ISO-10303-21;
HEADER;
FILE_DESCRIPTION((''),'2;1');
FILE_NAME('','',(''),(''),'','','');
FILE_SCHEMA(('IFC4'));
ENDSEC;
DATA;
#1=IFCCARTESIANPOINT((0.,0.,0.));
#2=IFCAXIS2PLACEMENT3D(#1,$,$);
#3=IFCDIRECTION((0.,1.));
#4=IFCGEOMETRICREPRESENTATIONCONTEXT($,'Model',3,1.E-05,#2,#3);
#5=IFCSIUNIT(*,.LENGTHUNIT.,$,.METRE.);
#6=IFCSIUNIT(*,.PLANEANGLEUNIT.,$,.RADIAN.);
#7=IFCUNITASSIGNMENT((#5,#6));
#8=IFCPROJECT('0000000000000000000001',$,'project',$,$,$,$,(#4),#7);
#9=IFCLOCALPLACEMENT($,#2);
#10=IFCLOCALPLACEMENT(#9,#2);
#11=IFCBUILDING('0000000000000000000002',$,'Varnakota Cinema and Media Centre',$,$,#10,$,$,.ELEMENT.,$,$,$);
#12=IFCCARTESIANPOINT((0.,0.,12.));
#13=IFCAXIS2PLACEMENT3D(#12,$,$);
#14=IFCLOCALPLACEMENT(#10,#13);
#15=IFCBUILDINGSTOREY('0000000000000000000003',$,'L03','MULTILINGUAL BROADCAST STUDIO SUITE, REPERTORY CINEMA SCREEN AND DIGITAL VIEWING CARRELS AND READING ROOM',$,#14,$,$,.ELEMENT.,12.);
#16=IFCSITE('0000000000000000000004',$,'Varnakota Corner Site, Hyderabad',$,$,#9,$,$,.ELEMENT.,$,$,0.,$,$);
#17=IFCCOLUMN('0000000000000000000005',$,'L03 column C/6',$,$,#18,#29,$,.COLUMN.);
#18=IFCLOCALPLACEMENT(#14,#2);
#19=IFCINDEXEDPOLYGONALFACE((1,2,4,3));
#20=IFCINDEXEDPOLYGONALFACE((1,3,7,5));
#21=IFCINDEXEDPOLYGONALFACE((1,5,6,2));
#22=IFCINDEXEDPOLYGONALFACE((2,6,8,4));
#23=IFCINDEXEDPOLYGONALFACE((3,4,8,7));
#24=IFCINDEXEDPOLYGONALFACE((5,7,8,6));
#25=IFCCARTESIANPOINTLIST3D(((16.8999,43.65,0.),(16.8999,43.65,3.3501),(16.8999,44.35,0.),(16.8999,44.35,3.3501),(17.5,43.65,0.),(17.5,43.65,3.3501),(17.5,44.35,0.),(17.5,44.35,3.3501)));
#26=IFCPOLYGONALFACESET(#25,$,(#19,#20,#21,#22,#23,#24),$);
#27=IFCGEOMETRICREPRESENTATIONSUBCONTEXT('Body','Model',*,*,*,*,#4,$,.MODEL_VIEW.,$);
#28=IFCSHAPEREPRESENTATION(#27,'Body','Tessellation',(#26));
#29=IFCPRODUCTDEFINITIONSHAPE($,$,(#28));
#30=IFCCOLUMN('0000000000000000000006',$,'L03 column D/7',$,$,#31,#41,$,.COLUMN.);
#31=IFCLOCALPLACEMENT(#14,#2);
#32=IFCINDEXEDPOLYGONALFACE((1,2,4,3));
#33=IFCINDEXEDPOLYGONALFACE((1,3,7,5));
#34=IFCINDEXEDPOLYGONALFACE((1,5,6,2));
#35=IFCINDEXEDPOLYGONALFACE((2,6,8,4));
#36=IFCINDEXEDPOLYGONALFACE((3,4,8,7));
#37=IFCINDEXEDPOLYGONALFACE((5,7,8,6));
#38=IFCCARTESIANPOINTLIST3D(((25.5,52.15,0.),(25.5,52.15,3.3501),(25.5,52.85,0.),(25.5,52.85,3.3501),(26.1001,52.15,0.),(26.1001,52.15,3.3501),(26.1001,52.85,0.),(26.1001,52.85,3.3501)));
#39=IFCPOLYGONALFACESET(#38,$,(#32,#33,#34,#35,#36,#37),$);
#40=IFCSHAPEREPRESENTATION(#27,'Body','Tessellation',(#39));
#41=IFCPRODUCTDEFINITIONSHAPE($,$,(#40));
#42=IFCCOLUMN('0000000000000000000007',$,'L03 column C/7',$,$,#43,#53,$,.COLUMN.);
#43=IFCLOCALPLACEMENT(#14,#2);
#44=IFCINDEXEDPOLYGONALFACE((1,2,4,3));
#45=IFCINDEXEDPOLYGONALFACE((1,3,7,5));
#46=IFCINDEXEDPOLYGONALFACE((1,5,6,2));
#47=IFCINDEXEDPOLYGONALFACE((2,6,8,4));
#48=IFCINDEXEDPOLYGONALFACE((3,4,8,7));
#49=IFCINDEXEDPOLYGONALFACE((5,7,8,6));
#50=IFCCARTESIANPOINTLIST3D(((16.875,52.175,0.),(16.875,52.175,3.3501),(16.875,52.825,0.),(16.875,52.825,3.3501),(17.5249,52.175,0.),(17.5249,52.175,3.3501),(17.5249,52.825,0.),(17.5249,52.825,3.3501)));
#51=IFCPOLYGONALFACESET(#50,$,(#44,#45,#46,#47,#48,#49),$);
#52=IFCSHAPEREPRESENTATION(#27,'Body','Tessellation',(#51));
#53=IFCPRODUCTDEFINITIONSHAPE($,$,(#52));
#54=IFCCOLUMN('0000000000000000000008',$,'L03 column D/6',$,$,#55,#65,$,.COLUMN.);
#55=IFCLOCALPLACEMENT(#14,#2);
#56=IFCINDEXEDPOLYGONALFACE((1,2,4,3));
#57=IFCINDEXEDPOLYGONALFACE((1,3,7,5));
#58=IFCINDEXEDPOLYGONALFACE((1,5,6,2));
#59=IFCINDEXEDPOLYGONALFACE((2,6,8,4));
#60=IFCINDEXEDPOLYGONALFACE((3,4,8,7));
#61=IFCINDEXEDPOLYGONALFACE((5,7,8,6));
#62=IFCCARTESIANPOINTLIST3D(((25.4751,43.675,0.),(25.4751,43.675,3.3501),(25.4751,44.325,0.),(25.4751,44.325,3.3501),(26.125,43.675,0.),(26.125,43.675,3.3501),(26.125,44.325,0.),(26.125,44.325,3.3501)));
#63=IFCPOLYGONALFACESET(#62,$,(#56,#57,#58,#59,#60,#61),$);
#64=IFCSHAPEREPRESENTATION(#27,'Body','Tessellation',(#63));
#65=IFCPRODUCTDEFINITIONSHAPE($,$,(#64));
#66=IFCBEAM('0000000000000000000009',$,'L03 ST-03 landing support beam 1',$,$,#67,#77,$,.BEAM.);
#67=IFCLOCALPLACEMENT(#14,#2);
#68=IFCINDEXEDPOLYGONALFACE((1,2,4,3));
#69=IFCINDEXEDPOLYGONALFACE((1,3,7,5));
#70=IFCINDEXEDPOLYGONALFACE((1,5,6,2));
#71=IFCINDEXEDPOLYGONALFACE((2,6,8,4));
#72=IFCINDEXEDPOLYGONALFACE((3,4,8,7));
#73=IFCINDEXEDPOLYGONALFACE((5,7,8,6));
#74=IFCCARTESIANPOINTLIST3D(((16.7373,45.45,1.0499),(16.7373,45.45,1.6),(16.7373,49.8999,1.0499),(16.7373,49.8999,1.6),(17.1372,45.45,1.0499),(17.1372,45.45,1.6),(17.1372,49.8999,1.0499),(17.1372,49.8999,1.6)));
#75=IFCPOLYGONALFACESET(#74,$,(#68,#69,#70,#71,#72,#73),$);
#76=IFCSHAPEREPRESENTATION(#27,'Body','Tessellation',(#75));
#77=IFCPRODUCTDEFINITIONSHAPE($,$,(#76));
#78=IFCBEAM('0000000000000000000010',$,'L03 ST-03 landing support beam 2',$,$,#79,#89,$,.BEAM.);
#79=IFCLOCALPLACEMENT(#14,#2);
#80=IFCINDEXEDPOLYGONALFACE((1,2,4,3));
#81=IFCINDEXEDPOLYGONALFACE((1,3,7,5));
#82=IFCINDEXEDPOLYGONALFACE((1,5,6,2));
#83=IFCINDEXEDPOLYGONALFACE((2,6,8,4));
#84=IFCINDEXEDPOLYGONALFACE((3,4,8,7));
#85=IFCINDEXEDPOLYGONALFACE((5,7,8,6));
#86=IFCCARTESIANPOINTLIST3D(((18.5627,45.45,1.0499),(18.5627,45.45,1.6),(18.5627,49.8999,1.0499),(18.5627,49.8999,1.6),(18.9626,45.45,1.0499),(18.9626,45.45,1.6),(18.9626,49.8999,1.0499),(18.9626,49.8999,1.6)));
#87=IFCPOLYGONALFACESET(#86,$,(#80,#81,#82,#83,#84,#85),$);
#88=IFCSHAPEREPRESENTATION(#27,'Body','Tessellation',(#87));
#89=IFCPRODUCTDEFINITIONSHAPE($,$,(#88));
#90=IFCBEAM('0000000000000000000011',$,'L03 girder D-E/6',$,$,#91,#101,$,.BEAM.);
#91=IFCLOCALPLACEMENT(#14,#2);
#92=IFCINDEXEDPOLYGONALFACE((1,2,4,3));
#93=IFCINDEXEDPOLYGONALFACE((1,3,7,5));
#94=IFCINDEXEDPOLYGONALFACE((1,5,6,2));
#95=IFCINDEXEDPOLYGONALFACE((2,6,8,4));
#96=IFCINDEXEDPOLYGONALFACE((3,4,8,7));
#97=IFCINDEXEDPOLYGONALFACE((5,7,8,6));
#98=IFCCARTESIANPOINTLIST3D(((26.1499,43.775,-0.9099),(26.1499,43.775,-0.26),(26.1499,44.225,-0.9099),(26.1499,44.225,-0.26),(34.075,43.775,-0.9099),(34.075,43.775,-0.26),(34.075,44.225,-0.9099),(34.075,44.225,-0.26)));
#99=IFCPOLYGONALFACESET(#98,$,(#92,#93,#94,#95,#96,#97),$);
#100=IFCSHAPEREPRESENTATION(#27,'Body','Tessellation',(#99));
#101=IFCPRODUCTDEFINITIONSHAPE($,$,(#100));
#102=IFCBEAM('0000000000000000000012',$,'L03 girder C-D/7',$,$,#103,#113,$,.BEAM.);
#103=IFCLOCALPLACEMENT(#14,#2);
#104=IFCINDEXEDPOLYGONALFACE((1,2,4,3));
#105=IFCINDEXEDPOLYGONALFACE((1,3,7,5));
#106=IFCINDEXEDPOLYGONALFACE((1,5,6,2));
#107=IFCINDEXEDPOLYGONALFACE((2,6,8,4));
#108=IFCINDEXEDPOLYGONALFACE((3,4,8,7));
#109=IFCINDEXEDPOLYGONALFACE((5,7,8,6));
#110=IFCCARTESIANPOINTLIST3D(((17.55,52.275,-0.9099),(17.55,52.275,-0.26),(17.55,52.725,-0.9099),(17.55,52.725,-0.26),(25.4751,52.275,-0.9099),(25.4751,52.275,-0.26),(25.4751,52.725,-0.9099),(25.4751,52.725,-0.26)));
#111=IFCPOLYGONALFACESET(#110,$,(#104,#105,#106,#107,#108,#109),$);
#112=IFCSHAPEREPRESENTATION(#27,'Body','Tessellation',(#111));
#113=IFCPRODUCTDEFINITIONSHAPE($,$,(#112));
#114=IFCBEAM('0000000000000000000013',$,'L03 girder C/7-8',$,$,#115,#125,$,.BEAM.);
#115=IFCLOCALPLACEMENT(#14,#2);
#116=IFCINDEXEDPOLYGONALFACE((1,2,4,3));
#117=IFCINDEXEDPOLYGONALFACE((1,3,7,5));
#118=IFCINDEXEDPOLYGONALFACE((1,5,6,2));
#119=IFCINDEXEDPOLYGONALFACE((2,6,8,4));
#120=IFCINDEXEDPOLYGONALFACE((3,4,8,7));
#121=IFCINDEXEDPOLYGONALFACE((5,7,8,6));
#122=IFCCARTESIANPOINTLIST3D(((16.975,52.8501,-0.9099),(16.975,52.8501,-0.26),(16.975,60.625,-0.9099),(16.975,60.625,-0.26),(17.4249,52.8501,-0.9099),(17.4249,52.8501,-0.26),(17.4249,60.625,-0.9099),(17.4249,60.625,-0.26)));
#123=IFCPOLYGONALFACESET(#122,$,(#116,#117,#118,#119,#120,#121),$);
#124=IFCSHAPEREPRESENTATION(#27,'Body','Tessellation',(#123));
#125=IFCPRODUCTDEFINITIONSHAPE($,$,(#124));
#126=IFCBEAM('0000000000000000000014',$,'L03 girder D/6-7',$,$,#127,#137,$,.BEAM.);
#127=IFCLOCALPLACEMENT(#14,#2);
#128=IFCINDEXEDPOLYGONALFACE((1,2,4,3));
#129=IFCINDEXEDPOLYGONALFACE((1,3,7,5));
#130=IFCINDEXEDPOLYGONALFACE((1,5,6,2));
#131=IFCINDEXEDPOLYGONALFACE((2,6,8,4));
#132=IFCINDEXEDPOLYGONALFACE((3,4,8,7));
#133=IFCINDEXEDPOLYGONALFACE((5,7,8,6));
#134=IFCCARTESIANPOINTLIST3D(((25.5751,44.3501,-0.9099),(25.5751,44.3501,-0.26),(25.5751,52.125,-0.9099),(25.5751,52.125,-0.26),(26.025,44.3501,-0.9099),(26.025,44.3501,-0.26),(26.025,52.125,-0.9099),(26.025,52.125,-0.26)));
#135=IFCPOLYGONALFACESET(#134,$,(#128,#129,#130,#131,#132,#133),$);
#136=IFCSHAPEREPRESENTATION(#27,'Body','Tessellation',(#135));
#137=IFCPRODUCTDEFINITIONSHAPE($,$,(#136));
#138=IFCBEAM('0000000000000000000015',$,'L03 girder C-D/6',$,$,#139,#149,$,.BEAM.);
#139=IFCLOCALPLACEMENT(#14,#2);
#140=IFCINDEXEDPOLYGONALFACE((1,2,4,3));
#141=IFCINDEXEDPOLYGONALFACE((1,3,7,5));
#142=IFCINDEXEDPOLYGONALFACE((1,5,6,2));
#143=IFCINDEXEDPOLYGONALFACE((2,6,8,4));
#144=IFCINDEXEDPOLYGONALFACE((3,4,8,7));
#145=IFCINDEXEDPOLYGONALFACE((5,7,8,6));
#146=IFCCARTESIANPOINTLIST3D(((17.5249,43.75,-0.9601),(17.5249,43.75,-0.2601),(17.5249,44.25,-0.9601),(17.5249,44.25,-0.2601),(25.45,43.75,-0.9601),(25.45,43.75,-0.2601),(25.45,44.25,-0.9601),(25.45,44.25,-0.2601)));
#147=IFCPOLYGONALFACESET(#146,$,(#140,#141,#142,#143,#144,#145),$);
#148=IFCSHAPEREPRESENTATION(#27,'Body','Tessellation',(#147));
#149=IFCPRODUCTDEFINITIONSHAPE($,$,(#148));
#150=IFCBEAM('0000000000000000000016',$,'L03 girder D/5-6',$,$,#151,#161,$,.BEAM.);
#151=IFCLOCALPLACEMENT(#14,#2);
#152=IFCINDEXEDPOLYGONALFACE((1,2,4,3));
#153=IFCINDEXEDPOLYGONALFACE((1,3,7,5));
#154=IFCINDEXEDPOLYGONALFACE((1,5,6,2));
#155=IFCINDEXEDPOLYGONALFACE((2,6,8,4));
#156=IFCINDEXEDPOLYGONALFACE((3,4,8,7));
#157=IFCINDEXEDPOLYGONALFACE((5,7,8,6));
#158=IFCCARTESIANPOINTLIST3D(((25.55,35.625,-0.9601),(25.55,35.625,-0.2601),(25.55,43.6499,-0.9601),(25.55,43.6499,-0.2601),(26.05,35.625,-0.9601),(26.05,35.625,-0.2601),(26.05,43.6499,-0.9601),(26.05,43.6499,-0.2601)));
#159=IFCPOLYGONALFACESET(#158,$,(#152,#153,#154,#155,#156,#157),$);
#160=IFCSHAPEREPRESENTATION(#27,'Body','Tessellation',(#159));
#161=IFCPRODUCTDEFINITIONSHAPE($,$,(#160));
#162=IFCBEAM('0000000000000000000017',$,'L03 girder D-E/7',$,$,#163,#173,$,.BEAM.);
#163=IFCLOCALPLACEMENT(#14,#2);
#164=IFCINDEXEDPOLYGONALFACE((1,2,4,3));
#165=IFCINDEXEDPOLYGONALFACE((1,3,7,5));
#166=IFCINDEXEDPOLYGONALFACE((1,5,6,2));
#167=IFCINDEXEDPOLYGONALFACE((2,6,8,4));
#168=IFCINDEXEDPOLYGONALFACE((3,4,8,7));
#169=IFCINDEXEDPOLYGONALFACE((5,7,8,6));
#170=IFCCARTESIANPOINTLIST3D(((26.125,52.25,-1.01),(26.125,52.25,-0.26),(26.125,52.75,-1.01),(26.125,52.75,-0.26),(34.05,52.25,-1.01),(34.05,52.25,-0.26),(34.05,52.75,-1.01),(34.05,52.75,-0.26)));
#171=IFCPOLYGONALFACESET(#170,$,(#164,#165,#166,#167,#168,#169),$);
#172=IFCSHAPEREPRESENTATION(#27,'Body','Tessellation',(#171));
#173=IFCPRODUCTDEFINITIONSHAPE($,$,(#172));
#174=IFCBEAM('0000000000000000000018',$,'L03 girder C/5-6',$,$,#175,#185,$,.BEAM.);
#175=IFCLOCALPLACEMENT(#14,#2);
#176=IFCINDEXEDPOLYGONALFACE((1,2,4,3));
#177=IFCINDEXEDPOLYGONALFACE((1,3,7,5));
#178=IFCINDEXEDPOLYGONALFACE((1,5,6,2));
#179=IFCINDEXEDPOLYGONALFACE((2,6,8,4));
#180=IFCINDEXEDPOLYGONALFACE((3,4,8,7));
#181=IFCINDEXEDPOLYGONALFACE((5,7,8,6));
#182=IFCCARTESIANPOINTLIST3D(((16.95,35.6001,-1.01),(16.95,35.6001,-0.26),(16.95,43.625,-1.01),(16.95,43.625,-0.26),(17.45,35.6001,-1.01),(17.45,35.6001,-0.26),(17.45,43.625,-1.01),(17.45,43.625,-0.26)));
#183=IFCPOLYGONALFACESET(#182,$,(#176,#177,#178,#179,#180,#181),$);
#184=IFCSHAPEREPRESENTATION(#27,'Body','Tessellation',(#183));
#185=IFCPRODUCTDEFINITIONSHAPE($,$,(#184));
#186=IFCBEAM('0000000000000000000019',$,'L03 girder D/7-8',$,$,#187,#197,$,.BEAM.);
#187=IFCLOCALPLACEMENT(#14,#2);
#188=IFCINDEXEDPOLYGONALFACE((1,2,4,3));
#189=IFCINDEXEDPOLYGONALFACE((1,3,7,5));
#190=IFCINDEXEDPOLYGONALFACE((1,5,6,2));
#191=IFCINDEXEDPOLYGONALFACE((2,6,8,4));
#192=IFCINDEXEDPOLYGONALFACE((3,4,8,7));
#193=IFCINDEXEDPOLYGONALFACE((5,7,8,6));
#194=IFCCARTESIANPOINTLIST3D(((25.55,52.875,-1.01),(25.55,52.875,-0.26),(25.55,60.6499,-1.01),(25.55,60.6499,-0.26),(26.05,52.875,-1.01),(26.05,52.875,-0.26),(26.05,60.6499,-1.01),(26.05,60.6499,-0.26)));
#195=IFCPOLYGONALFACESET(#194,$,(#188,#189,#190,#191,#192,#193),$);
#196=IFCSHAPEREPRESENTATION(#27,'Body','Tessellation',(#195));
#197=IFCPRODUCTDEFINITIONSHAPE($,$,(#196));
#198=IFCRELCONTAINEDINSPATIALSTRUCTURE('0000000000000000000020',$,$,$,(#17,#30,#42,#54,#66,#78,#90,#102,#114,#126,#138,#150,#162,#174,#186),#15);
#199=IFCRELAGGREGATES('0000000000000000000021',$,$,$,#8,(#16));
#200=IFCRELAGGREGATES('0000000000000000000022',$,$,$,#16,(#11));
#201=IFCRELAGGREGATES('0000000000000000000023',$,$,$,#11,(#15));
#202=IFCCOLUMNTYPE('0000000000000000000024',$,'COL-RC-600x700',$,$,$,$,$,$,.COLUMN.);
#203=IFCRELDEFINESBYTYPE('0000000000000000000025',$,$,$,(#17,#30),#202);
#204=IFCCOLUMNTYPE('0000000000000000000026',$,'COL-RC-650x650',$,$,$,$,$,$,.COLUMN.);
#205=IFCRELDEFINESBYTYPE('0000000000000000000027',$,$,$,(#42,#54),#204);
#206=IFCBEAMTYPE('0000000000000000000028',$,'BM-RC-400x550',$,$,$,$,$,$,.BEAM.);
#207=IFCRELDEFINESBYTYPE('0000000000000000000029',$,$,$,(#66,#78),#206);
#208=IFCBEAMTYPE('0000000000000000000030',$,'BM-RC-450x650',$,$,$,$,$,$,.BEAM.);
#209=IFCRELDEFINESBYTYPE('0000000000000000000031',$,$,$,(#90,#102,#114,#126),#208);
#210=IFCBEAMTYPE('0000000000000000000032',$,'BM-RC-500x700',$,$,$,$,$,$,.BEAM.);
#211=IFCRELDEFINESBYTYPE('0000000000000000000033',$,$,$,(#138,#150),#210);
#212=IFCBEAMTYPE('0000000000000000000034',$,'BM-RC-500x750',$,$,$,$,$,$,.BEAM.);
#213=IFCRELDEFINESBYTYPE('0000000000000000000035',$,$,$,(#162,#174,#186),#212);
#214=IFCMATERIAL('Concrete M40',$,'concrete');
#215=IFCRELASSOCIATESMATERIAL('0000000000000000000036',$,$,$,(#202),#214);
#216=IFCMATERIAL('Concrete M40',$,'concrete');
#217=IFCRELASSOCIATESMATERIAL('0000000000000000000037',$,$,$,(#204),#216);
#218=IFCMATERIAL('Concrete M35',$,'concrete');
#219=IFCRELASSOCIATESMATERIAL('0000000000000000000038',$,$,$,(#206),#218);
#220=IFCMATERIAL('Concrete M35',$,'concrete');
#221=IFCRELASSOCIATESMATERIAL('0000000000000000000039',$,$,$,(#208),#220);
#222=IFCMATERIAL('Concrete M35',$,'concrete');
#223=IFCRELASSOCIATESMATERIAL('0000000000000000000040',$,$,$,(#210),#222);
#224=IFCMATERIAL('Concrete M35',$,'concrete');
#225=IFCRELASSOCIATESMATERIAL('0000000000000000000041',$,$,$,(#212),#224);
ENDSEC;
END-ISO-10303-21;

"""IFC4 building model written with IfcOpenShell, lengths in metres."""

from ifc_helpers import new_model, si_unit, direction, frame, origin, origin_2d, place, context, subcontext, project, spatial, rectangle, extrude, material, material_profile, profile_set, type_object, element, save


model = new_model("IFC4")

# Units and contexts
model_context = context("Model", 3, precision=1e-05, world=origin(), true_north=direction((0.0, 1.0)))
body_context = subcontext(model_context, "Body", "Model", "MODEL_VIEW")
ifc_project = project(units=[si_unit("LENGTHUNIT", "METRE"), si_unit("PLANEANGLEUNIT", "RADIAN")], contexts=[model_context])

# Site, building, storey
site_placement = place(None, origin())
site = spatial("IfcSite", under=ifc_project, at=site_placement, Name="Varnakota Corner Site, Hyderabad", CompositionType="ELEMENT", RefElevation=0.0)
building_placement = place(site_placement, origin())
building = spatial("IfcBuilding", under=site, at=building_placement, Name="Varnakota Cinema and Media Centre", CompositionType="ELEMENT")
storey_placement = place(building_placement, frame((0.0, 0.0, 12.0)))
storey = spatial("IfcBuildingStorey", under=building, at=storey_placement, Name="L03", Description="MULTILINGUAL BROADCAST STUDIO SUITE, REPERTORY CINEMA SCREEN AND DIGITAL VIEWING CARRELS AND READING ROOM", CompositionType="ELEMENT", Elevation=12.0)

# Columns
ifc_material_1 = material(Name="Concrete M40", Category="concrete")
ifc_material_profile_1 = material_profile(ifc_material_1, rectangle(XDim=0.6001, YDim=0.7, at=origin_2d()), Name="RC 600x700")
ifc_profile_set_1 = profile_set([ifc_material_profile_1], Name="Concrete M40")
column_type_1 = type_object("IfcColumnType", Name="COL-RC-600x700", PredefinedType="COLUMN", material=ifc_profile_set_1)
for number, where, z_axis, x_axis, name in (
    (1, (17.2, 44.0, 0.0), (0.0, 0.0, 1.0), (1.0, 0.0, 0.0), "L03 column C/6"),
    (2, (25.8, 52.5, 0.0), (0.0, 0.0, 1.0), (1.0, 0.0, 0.0), "L03 column D/7"),
):
    element("IfcColumn", number, at=place(storey_placement, frame(where, z_axis=z_axis, x_axis=x_axis)), inside=storey, type_object=column_type_1, Name=name, PredefinedType="COLUMN", context=body_context, shape_type="SweptSolid", body=[
        extrude(rectangle(XDim=0.6001, YDim=0.7, at=origin_2d()), origin(), (0.0, 0.0, 1.0), 3.3501),
    ])
ifc_material_2 = material(Name="Concrete M40", Category="concrete")
ifc_material_profile_2 = material_profile(ifc_material_2, rectangle(XDim=0.6499, YDim=0.6499, at=origin_2d()), Name="RC 650x650")
ifc_profile_set_2 = profile_set([ifc_material_profile_2], Name="Concrete M40")
column_type_2 = type_object("IfcColumnType", Name="COL-RC-650x650", PredefinedType="COLUMN", material=ifc_profile_set_2)
for number, where, z_axis, x_axis, name in (
    (3, (17.2, 52.5, 0.0), (0.0, 0.0, 1.0), (1.0, 0.0, 0.0), "L03 column C/7"),
    (4, (25.8, 44.0, 0.0), (0.0, 0.0, 1.0), (1.0, 0.0, 0.0), "L03 column D/6"),
):
    element("IfcColumn", number, at=place(storey_placement, frame(where, z_axis=z_axis, x_axis=x_axis)), inside=storey, type_object=column_type_2, Name=name, PredefinedType="COLUMN", context=body_context, shape_type="SweptSolid", body=[
        extrude(rectangle(XDim=0.6499, YDim=0.6499, at=origin_2d()), origin(), (0.0, 0.0, 1.0), 3.3501),
    ])

# Beams
ifc_material_3 = material(Name="Concrete M35", Category="concrete")
ifc_material_profile_3 = material_profile(ifc_material_3, rectangle(XDim=0.3999, YDim=0.55, at=origin_2d()), Name="RCB 400x550")
ifc_profile_set_3 = profile_set([ifc_material_profile_3], Name="Concrete M35")
beam_type_1 = type_object("IfcBeamType", Name="BM-RC-400x550", PredefinedType="BEAM", material=ifc_profile_set_3)
for number, where, z_axis, x_axis, name in (
    (5, (16.9373, 45.45, 1.325), (0.0, 1.0, 0.0), (-1.0, 0.0, 0.0), "L03 ST-03 landing support beam 1"),
    (6, (18.7627, 45.45, 1.325), (0.0, 1.0, 0.0), (-1.0, 0.0, 0.0), "L03 ST-03 landing support beam 2"),
):
    element("IfcBeam", number, at=place(storey_placement, frame(where, z_axis=z_axis, x_axis=x_axis)), inside=storey, type_object=beam_type_1, Name=name, PredefinedType="BEAM", context=body_context, shape_type="SweptSolid", body=[
        extrude(rectangle(XDim=0.3999, YDim=0.55, at=origin_2d()), origin(), (0.0, 0.0, 1.0), 4.45),
    ])
ifc_material_4 = material(Name="Concrete M35", Category="concrete")
ifc_material_profile_4 = material_profile(ifc_material_4, rectangle(XDim=0.45, YDim=0.6499, at=origin_2d()), Name="RCB 450x650")
ifc_profile_set_4 = profile_set([ifc_material_profile_4], Name="Concrete M35")
beam_type_2 = type_object("IfcBeamType", Name="BM-RC-450x650", PredefinedType="BEAM", material=ifc_profile_set_4)
for number, where, z_axis, x_axis, name in (
    (7, (26.1499, 44.0, -0.585), (1.0, 0.0, 0.0), (0.0, 1.0, 0.0), "L03 girder D-E/6"),
    (8, (17.55, 52.5, -0.585), (1.0, 0.0, 0.0), (0.0, 1.0, 0.0), "L03 girder C-D/7"),
):
    element("IfcBeam", number, at=place(storey_placement, frame(where, z_axis=z_axis, x_axis=x_axis)), inside=storey, type_object=beam_type_2, Name=name, PredefinedType="BEAM", context=body_context, shape_type="SweptSolid", body=[
        extrude(rectangle(XDim=0.45, YDim=0.6499, at=origin_2d()), origin(), (0.0, 0.0, 1.0), 7.925),
    ])
for number, where, z_axis, x_axis, name in (
    (9, (17.2, 52.8501, -0.585), (0.0, 1.0, 0.0), (-1.0, 0.0, 0.0), "L03 girder C/7-8"),
    (10, (25.8, 44.3501, -0.585), (0.0, 1.0, 0.0), (-1.0, 0.0, 0.0), "L03 girder D/6-7"),
):
    element("IfcBeam", number, at=place(storey_placement, frame(where, z_axis=z_axis, x_axis=x_axis)), inside=storey, type_object=beam_type_2, Name=name, PredefinedType="BEAM", context=body_context, shape_type="SweptSolid", body=[
        extrude(rectangle(XDim=0.45, YDim=0.6499, at=origin_2d()), origin(), (0.0, 0.0, 1.0), 7.7749),
    ])
ifc_material_5 = material(Name="Concrete M35", Category="concrete")
ifc_material_profile_5 = material_profile(ifc_material_5, rectangle(XDim=0.5, YDim=0.7, at=origin_2d()), Name="RCB 500x700")
ifc_profile_set_5 = profile_set([ifc_material_profile_5], Name="Concrete M35")
beam_type_3 = type_object("IfcBeamType", Name="BM-RC-500x700", PredefinedType="BEAM", material=ifc_profile_set_5)
beam_1_placement = place(storey_placement, frame((17.5249, 44.0, -0.6101), z_axis=(1.0, 0.0, 0.0), x_axis=(0.0, 1.0, 0.0)))
element("IfcBeam", 11, at=beam_1_placement, inside=storey, type_object=beam_type_3, Name="L03 girder C-D/6", PredefinedType="BEAM", context=body_context, shape_type="SweptSolid", body=[
    extrude(rectangle(XDim=0.5, YDim=0.7, at=origin_2d()), origin(), (0.0, 0.0, 1.0), 7.925),
])
beam_2_placement = place(storey_placement, frame((25.8, 35.625, -0.6101), z_axis=(0.0, 1.0, 0.0), x_axis=(-1.0, 0.0, 0.0)))
element("IfcBeam", 12, at=beam_2_placement, inside=storey, type_object=beam_type_3, Name="L03 girder D/5-6", PredefinedType="BEAM", context=body_context, shape_type="SweptSolid", body=[
    extrude(rectangle(XDim=0.5, YDim=0.7, at=origin_2d()), origin(), (0.0, 0.0, 1.0), 8.0249),
])
ifc_material_6 = material(Name="Concrete M35", Category="concrete")
ifc_material_profile_6 = material_profile(ifc_material_6, rectangle(XDim=0.5, YDim=0.75, at=origin_2d()), Name="RCB 500x750")
ifc_profile_set_6 = profile_set([ifc_material_profile_6], Name="Concrete M35")
beam_type_4 = type_object("IfcBeamType", Name="BM-RC-500x750", PredefinedType="BEAM", material=ifc_profile_set_6)
beam_3_placement = place(storey_placement, frame((26.125, 52.5, -0.635), z_axis=(1.0, 0.0, 0.0), x_axis=(0.0, 1.0, 0.0)))
element("IfcBeam", 13, at=beam_3_placement, inside=storey, type_object=beam_type_4, Name="L03 girder D-E/7", PredefinedType="BEAM", context=body_context, shape_type="SweptSolid", body=[
    extrude(rectangle(XDim=0.5, YDim=0.75, at=origin_2d()), origin(), (0.0, 0.0, 1.0), 7.925),
])
beam_4_placement = place(storey_placement, frame((17.2, 35.6001, -0.635), z_axis=(0.0, 1.0, 0.0), x_axis=(-1.0, 0.0, 0.0)))
element("IfcBeam", 14, at=beam_4_placement, inside=storey, type_object=beam_type_4, Name="L03 girder C/5-6", PredefinedType="BEAM", context=body_context, shape_type="SweptSolid", body=[
    extrude(rectangle(XDim=0.5, YDim=0.75, at=origin_2d()), origin(), (0.0, 0.0, 1.0), 8.0249),
])
beam_5_placement = place(storey_placement, frame((25.8, 52.875, -0.635), z_axis=(0.0, 1.0, 0.0), x_axis=(-1.0, 0.0, 0.0)))
element("IfcBeam", 15, at=beam_5_placement, inside=storey, type_object=beam_type_4, Name="L03 girder D/7-8", PredefinedType="BEAM", context=body_context, shape_type="SweptSolid", body=[
    extrude(rectangle(XDim=0.5, YDim=0.75, at=origin_2d()), origin(), (0.0, 0.0, 1.0), 7.7749),
])

save(model, "model.ifc")
